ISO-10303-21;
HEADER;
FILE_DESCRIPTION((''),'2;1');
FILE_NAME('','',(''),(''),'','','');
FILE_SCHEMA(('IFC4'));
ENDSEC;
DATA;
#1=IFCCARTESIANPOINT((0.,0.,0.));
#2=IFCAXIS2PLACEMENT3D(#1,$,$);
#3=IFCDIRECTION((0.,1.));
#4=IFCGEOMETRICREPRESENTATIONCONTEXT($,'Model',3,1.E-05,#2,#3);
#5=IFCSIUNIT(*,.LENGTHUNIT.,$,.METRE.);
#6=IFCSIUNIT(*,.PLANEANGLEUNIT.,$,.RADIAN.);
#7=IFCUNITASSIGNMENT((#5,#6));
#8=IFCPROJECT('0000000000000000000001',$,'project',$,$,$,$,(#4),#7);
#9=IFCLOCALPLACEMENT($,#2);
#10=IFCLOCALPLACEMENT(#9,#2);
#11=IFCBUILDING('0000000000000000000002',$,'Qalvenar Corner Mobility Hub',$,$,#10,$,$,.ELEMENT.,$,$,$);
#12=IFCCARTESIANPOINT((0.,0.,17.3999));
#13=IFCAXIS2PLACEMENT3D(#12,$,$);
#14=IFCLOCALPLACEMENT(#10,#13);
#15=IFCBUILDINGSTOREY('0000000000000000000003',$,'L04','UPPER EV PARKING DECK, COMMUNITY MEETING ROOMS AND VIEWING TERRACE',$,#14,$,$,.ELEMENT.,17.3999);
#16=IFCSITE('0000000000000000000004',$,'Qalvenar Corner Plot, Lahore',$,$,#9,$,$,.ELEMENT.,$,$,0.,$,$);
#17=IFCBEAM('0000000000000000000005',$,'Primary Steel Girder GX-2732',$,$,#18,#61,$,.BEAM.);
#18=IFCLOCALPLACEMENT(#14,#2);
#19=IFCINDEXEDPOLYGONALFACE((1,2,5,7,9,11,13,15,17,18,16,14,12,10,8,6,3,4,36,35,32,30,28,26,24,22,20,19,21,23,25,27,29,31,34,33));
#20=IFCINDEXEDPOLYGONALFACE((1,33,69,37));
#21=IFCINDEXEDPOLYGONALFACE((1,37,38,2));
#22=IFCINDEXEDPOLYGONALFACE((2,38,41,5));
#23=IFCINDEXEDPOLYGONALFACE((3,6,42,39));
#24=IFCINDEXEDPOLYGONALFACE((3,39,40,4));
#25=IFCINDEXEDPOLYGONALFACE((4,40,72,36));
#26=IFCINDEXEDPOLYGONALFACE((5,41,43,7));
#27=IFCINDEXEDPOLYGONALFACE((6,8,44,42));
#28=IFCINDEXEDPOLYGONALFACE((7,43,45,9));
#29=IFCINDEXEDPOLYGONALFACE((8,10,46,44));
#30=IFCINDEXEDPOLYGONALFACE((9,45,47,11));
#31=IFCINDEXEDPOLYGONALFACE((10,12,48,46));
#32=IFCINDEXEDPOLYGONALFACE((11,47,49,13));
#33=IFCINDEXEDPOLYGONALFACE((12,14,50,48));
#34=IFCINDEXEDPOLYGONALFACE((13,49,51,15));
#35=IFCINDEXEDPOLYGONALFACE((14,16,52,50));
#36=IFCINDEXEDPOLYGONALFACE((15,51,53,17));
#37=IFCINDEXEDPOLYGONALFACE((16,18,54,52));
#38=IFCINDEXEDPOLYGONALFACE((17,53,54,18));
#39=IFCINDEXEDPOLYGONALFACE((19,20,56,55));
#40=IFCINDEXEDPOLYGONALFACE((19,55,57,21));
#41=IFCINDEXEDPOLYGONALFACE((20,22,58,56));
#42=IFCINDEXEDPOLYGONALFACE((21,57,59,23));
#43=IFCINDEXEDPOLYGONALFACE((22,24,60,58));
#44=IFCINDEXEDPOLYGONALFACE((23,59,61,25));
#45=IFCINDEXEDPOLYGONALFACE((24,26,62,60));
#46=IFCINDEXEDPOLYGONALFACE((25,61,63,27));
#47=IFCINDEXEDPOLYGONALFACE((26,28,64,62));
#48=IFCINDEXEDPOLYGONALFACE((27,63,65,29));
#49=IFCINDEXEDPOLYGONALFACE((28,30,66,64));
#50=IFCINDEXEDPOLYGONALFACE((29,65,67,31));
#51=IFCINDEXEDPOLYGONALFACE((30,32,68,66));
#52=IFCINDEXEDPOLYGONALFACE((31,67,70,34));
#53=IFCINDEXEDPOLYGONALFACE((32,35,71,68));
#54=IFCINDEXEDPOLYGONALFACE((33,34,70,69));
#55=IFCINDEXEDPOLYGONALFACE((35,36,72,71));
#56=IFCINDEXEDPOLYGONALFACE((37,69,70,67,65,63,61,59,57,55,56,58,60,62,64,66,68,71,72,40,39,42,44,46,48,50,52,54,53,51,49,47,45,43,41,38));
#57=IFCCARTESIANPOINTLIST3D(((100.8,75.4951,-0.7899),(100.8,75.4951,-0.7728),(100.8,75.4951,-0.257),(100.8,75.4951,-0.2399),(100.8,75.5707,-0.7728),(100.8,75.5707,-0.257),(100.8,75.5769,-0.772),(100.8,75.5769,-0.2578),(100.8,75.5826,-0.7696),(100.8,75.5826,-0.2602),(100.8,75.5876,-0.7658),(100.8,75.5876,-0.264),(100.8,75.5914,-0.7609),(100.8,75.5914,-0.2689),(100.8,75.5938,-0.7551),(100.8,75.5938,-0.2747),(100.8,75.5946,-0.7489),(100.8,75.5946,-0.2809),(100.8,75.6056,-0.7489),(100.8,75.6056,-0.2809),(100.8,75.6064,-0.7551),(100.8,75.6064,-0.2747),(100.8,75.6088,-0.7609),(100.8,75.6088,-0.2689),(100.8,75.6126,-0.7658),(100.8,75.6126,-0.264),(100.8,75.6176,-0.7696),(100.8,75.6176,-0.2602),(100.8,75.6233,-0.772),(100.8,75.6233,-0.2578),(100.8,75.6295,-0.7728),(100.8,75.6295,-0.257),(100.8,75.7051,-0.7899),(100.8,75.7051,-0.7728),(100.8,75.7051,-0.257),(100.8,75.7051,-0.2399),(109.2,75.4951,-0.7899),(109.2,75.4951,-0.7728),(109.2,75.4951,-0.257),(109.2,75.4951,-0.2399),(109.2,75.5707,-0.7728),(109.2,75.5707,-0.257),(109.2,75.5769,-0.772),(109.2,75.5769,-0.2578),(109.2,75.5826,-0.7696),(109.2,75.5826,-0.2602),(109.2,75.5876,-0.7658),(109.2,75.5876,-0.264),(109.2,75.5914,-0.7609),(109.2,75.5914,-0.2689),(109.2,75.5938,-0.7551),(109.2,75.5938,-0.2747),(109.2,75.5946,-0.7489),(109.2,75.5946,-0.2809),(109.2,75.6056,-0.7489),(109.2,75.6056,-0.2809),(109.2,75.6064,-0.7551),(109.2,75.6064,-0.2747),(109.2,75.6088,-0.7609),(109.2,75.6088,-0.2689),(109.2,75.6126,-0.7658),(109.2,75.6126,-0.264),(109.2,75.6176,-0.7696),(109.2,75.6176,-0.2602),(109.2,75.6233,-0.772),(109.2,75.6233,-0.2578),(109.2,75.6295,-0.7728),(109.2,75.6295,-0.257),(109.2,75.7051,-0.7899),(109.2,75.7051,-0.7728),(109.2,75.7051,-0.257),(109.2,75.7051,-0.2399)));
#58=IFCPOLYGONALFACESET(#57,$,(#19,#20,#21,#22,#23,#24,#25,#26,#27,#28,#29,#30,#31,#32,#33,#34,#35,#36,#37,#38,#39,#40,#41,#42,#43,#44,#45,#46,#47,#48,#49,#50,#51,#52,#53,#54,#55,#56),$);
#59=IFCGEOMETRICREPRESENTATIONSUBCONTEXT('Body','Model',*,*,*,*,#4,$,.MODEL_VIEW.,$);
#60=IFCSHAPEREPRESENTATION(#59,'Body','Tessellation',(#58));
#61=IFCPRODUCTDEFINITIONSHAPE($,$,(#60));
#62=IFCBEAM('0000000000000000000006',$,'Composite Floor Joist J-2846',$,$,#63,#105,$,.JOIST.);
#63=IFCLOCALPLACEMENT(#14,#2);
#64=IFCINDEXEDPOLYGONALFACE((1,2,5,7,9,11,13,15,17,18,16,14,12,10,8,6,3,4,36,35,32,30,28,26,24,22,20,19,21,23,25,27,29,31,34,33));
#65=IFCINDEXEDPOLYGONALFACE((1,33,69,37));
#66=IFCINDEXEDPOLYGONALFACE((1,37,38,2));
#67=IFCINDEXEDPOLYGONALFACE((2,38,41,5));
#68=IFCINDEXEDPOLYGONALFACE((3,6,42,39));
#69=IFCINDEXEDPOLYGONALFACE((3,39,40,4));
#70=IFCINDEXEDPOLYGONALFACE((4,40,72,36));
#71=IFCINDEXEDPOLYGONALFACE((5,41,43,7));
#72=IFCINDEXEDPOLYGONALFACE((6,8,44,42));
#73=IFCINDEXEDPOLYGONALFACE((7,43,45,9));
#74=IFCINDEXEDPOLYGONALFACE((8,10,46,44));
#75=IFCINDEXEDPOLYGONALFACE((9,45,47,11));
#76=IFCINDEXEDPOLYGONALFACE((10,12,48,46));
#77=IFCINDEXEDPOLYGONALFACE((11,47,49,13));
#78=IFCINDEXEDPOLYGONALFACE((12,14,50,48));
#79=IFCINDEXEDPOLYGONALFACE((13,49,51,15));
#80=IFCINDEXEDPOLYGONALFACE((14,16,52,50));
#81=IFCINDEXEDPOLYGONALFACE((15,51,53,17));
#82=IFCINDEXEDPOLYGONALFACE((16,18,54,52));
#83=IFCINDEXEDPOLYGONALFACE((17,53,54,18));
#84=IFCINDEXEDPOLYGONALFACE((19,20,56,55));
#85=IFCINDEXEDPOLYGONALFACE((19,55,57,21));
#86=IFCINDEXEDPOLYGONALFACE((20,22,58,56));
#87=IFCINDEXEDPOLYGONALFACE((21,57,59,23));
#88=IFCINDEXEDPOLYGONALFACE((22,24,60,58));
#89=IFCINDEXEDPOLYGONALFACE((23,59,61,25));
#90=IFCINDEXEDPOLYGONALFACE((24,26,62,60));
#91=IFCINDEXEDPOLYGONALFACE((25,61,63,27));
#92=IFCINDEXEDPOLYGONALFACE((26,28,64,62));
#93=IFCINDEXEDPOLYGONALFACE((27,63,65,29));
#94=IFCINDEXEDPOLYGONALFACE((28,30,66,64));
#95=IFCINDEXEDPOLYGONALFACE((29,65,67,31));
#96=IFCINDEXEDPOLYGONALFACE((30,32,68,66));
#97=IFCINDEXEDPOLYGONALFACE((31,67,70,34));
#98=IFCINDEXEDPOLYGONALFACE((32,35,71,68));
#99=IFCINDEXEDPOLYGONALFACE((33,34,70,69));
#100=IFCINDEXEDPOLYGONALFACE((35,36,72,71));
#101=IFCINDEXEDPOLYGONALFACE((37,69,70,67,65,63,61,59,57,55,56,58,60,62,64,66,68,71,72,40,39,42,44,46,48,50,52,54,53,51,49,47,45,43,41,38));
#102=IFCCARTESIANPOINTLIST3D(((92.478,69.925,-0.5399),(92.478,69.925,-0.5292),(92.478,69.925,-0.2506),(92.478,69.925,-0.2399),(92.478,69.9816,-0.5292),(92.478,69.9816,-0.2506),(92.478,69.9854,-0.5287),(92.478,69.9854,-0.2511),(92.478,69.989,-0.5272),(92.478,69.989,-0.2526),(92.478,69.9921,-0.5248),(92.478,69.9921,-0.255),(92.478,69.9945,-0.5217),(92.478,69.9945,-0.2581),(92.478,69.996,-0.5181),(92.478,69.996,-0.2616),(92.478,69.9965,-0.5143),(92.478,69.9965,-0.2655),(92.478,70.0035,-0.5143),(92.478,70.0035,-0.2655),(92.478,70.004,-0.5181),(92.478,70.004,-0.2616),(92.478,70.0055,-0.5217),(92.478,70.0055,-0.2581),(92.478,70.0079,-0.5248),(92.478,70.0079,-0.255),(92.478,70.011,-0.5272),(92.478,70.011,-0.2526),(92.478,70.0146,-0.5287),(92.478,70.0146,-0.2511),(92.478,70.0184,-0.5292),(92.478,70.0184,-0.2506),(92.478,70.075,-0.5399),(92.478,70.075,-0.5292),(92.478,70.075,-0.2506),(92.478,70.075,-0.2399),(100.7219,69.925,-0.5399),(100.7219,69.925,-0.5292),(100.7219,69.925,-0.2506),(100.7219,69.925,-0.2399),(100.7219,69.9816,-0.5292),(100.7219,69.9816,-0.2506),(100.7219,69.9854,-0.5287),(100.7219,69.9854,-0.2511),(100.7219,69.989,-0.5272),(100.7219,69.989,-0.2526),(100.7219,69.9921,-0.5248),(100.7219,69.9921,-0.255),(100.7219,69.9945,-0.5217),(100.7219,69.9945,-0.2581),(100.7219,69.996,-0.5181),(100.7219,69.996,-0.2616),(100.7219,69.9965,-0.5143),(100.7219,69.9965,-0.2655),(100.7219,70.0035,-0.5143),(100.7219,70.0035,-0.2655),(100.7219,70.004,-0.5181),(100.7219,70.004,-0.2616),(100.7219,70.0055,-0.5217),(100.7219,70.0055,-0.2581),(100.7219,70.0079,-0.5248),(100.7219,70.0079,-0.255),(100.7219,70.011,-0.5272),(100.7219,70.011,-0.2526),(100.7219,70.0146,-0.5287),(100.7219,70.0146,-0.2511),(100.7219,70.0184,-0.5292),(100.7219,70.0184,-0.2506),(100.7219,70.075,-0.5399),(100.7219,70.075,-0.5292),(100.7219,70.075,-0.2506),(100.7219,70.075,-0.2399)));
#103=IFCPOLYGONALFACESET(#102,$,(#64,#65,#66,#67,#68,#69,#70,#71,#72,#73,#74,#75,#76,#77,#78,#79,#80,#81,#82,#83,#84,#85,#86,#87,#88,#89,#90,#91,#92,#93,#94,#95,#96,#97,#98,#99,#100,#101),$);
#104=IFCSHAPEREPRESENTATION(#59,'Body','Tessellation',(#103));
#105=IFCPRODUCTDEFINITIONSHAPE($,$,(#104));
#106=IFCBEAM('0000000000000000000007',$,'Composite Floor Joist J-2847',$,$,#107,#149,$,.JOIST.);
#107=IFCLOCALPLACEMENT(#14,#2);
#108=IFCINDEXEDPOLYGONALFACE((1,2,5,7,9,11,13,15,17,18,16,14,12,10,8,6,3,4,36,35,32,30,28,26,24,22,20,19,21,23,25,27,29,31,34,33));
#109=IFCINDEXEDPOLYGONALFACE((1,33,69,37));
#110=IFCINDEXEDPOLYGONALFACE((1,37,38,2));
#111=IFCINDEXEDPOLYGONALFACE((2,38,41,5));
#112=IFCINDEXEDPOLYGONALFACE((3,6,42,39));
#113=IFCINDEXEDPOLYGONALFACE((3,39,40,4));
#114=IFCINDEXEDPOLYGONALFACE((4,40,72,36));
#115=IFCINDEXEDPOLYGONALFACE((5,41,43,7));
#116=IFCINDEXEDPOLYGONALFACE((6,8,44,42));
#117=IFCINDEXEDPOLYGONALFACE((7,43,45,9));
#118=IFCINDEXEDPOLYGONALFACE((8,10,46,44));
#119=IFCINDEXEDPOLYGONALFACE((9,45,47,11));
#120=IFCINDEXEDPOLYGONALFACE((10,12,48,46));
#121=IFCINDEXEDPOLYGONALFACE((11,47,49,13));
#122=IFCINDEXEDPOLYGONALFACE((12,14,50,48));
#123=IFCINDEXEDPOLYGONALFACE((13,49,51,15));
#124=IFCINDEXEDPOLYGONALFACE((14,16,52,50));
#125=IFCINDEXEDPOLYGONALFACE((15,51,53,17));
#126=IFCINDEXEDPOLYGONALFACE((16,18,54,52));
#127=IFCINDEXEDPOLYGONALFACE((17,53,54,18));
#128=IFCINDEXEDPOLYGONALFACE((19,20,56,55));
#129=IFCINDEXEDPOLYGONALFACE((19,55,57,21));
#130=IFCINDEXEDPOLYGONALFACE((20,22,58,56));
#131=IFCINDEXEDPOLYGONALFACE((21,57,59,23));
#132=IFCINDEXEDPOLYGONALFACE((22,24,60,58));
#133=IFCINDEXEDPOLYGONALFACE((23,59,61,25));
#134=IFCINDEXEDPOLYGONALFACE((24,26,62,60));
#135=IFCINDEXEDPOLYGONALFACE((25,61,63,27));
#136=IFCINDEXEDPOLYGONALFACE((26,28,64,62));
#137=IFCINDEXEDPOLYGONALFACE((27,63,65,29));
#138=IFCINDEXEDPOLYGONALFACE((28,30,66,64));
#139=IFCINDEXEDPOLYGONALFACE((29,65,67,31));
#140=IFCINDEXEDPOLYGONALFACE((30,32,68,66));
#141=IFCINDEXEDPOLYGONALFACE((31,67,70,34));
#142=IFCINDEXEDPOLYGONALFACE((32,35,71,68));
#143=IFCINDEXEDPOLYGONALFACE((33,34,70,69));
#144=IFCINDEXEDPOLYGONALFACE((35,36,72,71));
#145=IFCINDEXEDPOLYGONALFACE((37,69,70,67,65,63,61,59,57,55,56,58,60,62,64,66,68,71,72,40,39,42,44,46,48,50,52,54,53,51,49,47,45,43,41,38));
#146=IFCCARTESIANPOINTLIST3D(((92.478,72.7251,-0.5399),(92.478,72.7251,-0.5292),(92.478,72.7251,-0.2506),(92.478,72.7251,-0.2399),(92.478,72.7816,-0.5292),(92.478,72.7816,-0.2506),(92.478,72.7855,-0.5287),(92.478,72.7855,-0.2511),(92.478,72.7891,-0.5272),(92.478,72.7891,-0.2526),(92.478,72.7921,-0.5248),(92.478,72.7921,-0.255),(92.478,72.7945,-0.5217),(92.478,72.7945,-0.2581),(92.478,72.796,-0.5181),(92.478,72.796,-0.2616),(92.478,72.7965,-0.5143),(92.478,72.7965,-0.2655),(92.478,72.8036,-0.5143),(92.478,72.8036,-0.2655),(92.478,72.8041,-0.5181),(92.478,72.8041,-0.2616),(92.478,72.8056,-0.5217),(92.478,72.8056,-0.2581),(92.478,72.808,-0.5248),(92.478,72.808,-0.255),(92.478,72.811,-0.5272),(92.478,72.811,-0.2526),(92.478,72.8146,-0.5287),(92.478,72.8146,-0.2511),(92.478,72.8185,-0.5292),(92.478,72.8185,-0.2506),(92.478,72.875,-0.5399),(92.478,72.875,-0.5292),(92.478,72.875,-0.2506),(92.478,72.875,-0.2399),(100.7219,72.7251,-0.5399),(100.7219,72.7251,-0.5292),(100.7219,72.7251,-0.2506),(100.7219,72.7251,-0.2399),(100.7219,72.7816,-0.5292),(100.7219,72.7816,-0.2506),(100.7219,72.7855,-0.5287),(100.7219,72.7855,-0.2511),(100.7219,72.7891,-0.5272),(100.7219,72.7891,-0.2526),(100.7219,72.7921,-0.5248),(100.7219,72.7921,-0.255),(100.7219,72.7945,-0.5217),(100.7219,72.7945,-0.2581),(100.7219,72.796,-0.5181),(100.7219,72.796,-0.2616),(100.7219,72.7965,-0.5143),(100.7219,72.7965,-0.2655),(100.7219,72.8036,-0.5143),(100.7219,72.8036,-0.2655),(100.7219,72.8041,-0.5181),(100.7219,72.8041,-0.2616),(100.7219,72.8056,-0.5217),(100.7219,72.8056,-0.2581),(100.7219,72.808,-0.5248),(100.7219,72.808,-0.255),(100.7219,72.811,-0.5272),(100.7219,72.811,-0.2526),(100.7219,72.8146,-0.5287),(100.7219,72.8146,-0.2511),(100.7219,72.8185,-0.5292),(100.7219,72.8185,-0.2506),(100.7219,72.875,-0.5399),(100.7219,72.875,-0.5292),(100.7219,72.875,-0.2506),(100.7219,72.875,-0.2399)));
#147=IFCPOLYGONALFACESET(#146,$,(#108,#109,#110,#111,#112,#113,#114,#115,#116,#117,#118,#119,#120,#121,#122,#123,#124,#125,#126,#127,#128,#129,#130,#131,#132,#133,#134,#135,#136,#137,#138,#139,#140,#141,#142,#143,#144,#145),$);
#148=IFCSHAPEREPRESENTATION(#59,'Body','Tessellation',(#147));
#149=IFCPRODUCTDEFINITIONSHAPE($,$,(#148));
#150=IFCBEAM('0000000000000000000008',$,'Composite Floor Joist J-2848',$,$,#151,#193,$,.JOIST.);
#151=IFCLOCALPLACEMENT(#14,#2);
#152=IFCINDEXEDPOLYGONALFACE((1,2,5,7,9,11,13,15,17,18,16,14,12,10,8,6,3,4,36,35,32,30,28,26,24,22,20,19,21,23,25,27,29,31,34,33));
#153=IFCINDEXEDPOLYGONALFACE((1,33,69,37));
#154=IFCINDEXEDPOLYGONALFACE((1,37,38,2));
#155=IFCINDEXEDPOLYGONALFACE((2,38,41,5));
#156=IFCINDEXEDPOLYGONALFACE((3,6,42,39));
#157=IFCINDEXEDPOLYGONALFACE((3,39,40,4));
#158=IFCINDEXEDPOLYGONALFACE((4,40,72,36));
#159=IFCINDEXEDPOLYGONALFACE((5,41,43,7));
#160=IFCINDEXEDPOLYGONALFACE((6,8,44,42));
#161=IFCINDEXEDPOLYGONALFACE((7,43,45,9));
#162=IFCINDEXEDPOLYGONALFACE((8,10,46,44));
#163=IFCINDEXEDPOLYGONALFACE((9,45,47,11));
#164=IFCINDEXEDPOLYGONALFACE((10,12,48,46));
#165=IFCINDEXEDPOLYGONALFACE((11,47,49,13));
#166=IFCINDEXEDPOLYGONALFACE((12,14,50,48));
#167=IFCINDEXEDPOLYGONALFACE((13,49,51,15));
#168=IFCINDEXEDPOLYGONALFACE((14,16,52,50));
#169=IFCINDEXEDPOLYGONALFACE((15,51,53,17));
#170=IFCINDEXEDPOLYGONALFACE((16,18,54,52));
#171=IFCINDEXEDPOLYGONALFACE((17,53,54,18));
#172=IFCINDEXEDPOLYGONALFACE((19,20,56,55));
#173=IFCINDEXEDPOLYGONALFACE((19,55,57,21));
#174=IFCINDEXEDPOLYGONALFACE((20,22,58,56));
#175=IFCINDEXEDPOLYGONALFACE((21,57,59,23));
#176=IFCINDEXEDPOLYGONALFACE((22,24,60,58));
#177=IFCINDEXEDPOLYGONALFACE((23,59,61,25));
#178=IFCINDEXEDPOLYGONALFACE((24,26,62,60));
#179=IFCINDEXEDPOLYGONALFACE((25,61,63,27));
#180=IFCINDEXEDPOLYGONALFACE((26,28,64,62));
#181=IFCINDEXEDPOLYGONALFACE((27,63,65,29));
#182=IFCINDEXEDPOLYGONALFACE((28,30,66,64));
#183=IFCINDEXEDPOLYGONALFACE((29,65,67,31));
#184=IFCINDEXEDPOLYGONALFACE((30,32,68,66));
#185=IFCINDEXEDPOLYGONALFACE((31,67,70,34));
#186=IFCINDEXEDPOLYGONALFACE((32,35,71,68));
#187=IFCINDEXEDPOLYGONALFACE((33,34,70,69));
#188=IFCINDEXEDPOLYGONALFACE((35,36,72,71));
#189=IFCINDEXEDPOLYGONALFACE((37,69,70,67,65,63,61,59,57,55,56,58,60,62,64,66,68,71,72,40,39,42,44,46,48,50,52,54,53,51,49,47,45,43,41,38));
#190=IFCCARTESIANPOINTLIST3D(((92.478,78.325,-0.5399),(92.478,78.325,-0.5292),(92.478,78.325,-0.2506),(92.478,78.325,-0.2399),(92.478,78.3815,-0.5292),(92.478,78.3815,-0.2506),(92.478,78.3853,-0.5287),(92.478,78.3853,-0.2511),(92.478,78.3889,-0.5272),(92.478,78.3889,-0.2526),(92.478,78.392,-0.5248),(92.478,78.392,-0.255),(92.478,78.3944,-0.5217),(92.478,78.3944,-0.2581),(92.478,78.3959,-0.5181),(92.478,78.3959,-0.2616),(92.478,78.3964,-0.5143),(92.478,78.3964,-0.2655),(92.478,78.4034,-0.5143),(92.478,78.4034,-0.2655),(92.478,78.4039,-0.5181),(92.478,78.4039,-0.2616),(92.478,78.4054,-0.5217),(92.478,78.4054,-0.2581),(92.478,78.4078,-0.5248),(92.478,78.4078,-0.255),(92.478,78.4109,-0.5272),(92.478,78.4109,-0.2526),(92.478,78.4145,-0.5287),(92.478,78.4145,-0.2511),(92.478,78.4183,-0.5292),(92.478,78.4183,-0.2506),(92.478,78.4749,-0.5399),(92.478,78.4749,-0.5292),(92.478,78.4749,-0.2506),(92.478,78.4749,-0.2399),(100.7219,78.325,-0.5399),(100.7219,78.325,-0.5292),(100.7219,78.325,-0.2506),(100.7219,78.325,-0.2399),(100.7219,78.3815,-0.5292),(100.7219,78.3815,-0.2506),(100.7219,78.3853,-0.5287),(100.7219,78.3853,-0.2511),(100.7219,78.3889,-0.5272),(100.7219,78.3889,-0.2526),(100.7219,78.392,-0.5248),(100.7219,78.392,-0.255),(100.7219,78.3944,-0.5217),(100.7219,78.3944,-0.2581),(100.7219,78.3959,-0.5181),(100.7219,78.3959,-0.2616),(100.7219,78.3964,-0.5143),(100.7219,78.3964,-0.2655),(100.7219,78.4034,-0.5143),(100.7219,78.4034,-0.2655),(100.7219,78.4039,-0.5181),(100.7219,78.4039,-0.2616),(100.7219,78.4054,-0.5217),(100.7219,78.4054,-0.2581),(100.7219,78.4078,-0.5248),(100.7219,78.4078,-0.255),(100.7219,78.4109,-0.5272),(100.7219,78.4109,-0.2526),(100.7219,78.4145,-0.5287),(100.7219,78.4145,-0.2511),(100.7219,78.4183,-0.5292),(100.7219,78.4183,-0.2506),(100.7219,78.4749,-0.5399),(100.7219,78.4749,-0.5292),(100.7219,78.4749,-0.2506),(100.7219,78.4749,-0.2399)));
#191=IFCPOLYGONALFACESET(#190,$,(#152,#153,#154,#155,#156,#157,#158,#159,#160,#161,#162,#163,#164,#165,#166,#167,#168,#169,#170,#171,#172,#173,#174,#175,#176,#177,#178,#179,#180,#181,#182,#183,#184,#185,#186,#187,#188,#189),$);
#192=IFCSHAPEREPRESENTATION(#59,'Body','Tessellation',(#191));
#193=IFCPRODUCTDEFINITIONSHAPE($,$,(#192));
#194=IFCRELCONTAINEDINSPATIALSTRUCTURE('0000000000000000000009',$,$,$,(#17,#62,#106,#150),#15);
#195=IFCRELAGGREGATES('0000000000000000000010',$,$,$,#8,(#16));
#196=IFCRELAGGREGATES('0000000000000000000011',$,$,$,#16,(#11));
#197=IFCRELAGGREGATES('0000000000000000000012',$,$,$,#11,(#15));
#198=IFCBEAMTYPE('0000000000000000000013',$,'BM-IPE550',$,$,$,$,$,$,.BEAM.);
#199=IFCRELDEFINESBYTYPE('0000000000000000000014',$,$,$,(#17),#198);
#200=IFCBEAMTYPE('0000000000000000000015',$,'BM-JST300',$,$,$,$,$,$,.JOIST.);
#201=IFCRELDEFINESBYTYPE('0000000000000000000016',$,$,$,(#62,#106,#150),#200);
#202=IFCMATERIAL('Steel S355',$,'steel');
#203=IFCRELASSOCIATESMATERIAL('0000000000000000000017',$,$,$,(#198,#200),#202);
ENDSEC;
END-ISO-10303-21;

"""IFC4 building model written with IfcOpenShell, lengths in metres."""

from ifc_helpers import new_model, si_unit, direction, frame, origin, origin_2d, place, context, subcontext, project, spatial, i_section, extrude, material, material_profile, profile_set, type_object, element, save


model = new_model("IFC4")

# Units and contexts
model_context = context("Model", 3, precision=1e-05, world=origin(), true_north=direction((0.0, 1.0)))
body_context = subcontext(model_context, "Body", "Model", "MODEL_VIEW")
ifc_project = project(units=[si_unit("LENGTHUNIT", "METRE"), si_unit("PLANEANGLEUNIT", "RADIAN")], contexts=[model_context])

# Site, building, storey
site_placement = place(None, origin())
site = spatial("IfcSite", under=ifc_project, at=site_placement, Name="Qalvenar Corner Plot, Lahore", CompositionType="ELEMENT", RefElevation=0.0)
building_placement = place(site_placement, origin())
building = spatial("IfcBuilding", under=site, at=building_placement, Name="Qalvenar Corner Mobility Hub", CompositionType="ELEMENT")
storey_placement = place(building_placement, frame((0.0, 0.0, 17.3999)))
storey = spatial("IfcBuildingStorey", under=building, at=storey_placement, Name="L04", Description="UPPER EV PARKING DECK, COMMUNITY MEETING ROOMS AND VIEWING TERRACE", CompositionType="ELEMENT", Elevation=17.3999)

# Shared definitions
ifc_material_1 = material(Name="Steel S355", Category="steel")

# Beams
ifc_material_profile_1 = material_profile(ifc_material_1, i_section(OverallWidth=0.21, OverallDepth=0.55, WebThickness=0.011, FlangeThickness=0.0171, FilletRadius=0.0239, at=origin_2d()), Name="IPE550")
ifc_profile_set_1 = profile_set([ifc_material_profile_1], Name="Steel S355")
beam_type_1 = type_object("IfcBeamType", Name="BM-IPE550", PredefinedType="BEAM", material=ifc_profile_set_1)
beam_1_placement = place(storey_placement, frame((100.8, 75.6001, -0.5149), z_axis=(1.0, 0.0, 0.0), x_axis=(0.0, 1.0, 0.0)))
element("IfcBeam", 1, at=beam_1_placement, inside=storey, type_object=beam_type_1, Name="Primary Steel Girder GX-2732", PredefinedType="BEAM", context=body_context, shape_type="SweptSolid", body=[
    extrude(i_section(OverallWidth=0.21, OverallDepth=0.55, WebThickness=0.011, FlangeThickness=0.0171, FilletRadius=0.0239, at=origin_2d()), origin(), (0.0, 0.0, 1.0), 8.3999),
])
ifc_material_profile_2 = material_profile(ifc_material_1, i_section(OverallWidth=0.1499, OverallDepth=0.3, WebThickness=0.0071, FlangeThickness=0.0107, FilletRadius=0.0149, at=origin_2d()), Name="IPE300")
ifc_profile_set_2 = profile_set([ifc_material_profile_2], Name="Steel S355")
beam_type_2 = type_object("IfcBeamType", Name="BM-JST300", PredefinedType="JOIST", material=ifc_profile_set_2)
for number, where, z_axis, x_axis, name in (
    (2, (92.478, 70.0, -0.3899), (1.0, 0.0, 0.0), (0.0, 1.0, 0.0), "Composite Floor Joist J-2846"),
    (3, (92.478, 72.8, -0.3899), (1.0, 0.0, 0.0), (0.0, 1.0, 0.0), "Composite Floor Joist J-2847"),
    (4, (92.478, 78.3999, -0.3899), (1.0, 0.0, 0.0), (0.0, 1.0, 0.0), "Composite Floor Joist J-2848"),
):
    element("IfcBeam", number, at=place(storey_placement, frame(where, z_axis=z_axis, x_axis=x_axis)), inside=storey, type_object=beam_type_2, Name=name, PredefinedType="JOIST", context=body_context, shape_type="SweptSolid", body=[
        extrude(i_section(OverallWidth=0.1499, OverallDepth=0.3, WebThickness=0.0071, FlangeThickness=0.0107, FilletRadius=0.0149, at=origin_2d()), origin(), (0.0, 0.0, 1.0), 8.2439),
    ])

save(model, "model.ifc")
